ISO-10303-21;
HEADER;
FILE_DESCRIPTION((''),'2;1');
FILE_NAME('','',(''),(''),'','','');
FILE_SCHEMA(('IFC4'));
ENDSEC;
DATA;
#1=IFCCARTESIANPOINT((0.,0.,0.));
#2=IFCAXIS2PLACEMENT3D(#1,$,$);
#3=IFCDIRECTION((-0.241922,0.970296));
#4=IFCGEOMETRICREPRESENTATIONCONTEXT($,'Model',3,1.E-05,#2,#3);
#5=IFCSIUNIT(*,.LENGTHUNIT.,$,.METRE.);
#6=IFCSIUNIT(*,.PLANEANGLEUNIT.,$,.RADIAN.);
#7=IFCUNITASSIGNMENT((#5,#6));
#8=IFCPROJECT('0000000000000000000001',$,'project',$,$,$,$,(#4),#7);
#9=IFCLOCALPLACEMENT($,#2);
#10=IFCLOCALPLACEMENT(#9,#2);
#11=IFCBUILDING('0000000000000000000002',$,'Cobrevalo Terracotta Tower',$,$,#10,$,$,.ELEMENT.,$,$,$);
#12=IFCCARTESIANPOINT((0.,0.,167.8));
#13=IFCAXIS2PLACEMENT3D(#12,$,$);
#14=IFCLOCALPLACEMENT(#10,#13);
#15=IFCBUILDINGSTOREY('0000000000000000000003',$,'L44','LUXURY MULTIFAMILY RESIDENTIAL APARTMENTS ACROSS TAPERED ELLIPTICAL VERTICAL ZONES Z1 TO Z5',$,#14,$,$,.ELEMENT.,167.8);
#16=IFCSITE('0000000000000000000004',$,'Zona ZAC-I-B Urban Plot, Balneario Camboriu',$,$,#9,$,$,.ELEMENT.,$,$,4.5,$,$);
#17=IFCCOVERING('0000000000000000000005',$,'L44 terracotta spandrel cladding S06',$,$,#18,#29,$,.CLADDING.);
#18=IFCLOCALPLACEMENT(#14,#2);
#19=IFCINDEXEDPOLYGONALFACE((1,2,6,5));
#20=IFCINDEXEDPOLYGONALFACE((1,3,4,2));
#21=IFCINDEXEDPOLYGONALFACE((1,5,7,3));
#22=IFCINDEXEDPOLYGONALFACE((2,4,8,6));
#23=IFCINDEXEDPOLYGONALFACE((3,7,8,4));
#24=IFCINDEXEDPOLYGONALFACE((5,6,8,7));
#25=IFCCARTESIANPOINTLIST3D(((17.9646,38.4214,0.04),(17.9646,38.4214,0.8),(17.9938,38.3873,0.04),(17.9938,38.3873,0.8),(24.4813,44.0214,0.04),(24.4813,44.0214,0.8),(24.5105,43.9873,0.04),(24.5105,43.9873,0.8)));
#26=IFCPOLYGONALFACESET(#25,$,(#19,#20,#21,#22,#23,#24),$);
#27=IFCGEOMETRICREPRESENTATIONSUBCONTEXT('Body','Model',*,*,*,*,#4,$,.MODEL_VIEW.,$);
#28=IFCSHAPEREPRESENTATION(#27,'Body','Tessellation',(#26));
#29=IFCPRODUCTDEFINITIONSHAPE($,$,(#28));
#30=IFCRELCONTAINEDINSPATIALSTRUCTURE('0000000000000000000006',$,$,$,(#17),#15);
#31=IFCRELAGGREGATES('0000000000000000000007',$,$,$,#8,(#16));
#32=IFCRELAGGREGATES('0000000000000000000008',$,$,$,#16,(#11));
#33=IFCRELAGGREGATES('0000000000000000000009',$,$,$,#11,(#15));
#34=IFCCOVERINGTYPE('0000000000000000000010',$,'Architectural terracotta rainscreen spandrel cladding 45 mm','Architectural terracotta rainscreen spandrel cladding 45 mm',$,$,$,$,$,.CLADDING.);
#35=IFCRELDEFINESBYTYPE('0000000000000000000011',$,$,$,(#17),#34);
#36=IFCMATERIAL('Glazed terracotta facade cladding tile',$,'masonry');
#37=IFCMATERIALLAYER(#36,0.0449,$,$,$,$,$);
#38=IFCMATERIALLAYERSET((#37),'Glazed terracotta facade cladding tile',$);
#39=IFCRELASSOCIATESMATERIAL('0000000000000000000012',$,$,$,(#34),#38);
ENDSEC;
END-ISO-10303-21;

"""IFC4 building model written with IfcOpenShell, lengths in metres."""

from ifc_helpers import new_model, si_unit, direction, frame, origin, origin_2d, place, context, subcontext, project, spatial, rectangle, extrude, source, transform, mapped, material, layer, layer_set, type_object, element, save


model = new_model("IFC4")

# Units and contexts
model_context = context("Model", 3, precision=1e-05, world=origin(), true_north=direction((-0.241922, 0.970296)))
body_context = subcontext(model_context, "Body", "Model", "MODEL_VIEW")
ifc_project = project(units=[si_unit("LENGTHUNIT", "METRE"), si_unit("PLANEANGLEUNIT", "RADIAN")], contexts=[model_context])

# Site, building, storey
site_placement = place(None, origin())
site = spatial("IfcSite", under=ifc_project, at=site_placement, Name="Zona ZAC-I-B Urban Plot, Balneario Camboriu", CompositionType="ELEMENT", RefElevation=4.5)
building_placement = place(site_placement, origin())
building = spatial("IfcBuilding", under=site, at=building_placement, Name="Cobrevalo Terracotta Tower", CompositionType="ELEMENT")
storey_placement = place(building_placement, frame((0.0, 0.0, 167.8)))
storey = spatial("IfcBuildingStorey", under=building, at=storey_placement, Name="L44", Description="LUXURY MULTIFAMILY RESIDENTIAL APARTMENTS ACROSS TAPERED ELLIPTICAL VERTICAL ZONES Z1 TO Z5", CompositionType="ELEMENT", Elevation=167.8)

# Covering
ifc_material_1 = material(Name="Glazed terracotta facade cladding tile", Category="masonry")
ifc_layer_1 = layer(ifc_material_1, 0.0449)
ifc_layer_set_1 = layer_set([ifc_layer_1], Name="Glazed terracotta facade cladding tile")
covering_type = type_object("IfcCoveringType", Name="Architectural terracotta rainscreen spandrel cladding 45 mm", Description="Architectural terracotta rainscreen spandrel cladding 45 mm", PredefinedType="CLADDING", material=ifc_layer_set_1)
shared_shape_1 = source(origin(), body_context, "Body", "SweptSolid", [
    extrude(rectangle(XDim=8.5923, YDim=0.0449, at=origin_2d()), origin(), (0.0, 0.0, 1.0), 0.76),
])
covering_placement = place(storey_placement, frame((21.2375, 41.2043, 0.04), z_axis=(0.0, 0.0, 1.0), x_axis=(-0.758437, -0.651746, 0.0)))
element("IfcCovering", 1, at=covering_placement, inside=storey, type_object=covering_type, Name="L44 terracotta spandrel cladding S06", PredefinedType="CLADDING", context=body_context, shape_type="MappedRepresentation", body=[
    mapped(shared_shape_1, transform((0.0, 0.0, 0.0), scale=1.0)),
])

save(model, "model.ifc")
